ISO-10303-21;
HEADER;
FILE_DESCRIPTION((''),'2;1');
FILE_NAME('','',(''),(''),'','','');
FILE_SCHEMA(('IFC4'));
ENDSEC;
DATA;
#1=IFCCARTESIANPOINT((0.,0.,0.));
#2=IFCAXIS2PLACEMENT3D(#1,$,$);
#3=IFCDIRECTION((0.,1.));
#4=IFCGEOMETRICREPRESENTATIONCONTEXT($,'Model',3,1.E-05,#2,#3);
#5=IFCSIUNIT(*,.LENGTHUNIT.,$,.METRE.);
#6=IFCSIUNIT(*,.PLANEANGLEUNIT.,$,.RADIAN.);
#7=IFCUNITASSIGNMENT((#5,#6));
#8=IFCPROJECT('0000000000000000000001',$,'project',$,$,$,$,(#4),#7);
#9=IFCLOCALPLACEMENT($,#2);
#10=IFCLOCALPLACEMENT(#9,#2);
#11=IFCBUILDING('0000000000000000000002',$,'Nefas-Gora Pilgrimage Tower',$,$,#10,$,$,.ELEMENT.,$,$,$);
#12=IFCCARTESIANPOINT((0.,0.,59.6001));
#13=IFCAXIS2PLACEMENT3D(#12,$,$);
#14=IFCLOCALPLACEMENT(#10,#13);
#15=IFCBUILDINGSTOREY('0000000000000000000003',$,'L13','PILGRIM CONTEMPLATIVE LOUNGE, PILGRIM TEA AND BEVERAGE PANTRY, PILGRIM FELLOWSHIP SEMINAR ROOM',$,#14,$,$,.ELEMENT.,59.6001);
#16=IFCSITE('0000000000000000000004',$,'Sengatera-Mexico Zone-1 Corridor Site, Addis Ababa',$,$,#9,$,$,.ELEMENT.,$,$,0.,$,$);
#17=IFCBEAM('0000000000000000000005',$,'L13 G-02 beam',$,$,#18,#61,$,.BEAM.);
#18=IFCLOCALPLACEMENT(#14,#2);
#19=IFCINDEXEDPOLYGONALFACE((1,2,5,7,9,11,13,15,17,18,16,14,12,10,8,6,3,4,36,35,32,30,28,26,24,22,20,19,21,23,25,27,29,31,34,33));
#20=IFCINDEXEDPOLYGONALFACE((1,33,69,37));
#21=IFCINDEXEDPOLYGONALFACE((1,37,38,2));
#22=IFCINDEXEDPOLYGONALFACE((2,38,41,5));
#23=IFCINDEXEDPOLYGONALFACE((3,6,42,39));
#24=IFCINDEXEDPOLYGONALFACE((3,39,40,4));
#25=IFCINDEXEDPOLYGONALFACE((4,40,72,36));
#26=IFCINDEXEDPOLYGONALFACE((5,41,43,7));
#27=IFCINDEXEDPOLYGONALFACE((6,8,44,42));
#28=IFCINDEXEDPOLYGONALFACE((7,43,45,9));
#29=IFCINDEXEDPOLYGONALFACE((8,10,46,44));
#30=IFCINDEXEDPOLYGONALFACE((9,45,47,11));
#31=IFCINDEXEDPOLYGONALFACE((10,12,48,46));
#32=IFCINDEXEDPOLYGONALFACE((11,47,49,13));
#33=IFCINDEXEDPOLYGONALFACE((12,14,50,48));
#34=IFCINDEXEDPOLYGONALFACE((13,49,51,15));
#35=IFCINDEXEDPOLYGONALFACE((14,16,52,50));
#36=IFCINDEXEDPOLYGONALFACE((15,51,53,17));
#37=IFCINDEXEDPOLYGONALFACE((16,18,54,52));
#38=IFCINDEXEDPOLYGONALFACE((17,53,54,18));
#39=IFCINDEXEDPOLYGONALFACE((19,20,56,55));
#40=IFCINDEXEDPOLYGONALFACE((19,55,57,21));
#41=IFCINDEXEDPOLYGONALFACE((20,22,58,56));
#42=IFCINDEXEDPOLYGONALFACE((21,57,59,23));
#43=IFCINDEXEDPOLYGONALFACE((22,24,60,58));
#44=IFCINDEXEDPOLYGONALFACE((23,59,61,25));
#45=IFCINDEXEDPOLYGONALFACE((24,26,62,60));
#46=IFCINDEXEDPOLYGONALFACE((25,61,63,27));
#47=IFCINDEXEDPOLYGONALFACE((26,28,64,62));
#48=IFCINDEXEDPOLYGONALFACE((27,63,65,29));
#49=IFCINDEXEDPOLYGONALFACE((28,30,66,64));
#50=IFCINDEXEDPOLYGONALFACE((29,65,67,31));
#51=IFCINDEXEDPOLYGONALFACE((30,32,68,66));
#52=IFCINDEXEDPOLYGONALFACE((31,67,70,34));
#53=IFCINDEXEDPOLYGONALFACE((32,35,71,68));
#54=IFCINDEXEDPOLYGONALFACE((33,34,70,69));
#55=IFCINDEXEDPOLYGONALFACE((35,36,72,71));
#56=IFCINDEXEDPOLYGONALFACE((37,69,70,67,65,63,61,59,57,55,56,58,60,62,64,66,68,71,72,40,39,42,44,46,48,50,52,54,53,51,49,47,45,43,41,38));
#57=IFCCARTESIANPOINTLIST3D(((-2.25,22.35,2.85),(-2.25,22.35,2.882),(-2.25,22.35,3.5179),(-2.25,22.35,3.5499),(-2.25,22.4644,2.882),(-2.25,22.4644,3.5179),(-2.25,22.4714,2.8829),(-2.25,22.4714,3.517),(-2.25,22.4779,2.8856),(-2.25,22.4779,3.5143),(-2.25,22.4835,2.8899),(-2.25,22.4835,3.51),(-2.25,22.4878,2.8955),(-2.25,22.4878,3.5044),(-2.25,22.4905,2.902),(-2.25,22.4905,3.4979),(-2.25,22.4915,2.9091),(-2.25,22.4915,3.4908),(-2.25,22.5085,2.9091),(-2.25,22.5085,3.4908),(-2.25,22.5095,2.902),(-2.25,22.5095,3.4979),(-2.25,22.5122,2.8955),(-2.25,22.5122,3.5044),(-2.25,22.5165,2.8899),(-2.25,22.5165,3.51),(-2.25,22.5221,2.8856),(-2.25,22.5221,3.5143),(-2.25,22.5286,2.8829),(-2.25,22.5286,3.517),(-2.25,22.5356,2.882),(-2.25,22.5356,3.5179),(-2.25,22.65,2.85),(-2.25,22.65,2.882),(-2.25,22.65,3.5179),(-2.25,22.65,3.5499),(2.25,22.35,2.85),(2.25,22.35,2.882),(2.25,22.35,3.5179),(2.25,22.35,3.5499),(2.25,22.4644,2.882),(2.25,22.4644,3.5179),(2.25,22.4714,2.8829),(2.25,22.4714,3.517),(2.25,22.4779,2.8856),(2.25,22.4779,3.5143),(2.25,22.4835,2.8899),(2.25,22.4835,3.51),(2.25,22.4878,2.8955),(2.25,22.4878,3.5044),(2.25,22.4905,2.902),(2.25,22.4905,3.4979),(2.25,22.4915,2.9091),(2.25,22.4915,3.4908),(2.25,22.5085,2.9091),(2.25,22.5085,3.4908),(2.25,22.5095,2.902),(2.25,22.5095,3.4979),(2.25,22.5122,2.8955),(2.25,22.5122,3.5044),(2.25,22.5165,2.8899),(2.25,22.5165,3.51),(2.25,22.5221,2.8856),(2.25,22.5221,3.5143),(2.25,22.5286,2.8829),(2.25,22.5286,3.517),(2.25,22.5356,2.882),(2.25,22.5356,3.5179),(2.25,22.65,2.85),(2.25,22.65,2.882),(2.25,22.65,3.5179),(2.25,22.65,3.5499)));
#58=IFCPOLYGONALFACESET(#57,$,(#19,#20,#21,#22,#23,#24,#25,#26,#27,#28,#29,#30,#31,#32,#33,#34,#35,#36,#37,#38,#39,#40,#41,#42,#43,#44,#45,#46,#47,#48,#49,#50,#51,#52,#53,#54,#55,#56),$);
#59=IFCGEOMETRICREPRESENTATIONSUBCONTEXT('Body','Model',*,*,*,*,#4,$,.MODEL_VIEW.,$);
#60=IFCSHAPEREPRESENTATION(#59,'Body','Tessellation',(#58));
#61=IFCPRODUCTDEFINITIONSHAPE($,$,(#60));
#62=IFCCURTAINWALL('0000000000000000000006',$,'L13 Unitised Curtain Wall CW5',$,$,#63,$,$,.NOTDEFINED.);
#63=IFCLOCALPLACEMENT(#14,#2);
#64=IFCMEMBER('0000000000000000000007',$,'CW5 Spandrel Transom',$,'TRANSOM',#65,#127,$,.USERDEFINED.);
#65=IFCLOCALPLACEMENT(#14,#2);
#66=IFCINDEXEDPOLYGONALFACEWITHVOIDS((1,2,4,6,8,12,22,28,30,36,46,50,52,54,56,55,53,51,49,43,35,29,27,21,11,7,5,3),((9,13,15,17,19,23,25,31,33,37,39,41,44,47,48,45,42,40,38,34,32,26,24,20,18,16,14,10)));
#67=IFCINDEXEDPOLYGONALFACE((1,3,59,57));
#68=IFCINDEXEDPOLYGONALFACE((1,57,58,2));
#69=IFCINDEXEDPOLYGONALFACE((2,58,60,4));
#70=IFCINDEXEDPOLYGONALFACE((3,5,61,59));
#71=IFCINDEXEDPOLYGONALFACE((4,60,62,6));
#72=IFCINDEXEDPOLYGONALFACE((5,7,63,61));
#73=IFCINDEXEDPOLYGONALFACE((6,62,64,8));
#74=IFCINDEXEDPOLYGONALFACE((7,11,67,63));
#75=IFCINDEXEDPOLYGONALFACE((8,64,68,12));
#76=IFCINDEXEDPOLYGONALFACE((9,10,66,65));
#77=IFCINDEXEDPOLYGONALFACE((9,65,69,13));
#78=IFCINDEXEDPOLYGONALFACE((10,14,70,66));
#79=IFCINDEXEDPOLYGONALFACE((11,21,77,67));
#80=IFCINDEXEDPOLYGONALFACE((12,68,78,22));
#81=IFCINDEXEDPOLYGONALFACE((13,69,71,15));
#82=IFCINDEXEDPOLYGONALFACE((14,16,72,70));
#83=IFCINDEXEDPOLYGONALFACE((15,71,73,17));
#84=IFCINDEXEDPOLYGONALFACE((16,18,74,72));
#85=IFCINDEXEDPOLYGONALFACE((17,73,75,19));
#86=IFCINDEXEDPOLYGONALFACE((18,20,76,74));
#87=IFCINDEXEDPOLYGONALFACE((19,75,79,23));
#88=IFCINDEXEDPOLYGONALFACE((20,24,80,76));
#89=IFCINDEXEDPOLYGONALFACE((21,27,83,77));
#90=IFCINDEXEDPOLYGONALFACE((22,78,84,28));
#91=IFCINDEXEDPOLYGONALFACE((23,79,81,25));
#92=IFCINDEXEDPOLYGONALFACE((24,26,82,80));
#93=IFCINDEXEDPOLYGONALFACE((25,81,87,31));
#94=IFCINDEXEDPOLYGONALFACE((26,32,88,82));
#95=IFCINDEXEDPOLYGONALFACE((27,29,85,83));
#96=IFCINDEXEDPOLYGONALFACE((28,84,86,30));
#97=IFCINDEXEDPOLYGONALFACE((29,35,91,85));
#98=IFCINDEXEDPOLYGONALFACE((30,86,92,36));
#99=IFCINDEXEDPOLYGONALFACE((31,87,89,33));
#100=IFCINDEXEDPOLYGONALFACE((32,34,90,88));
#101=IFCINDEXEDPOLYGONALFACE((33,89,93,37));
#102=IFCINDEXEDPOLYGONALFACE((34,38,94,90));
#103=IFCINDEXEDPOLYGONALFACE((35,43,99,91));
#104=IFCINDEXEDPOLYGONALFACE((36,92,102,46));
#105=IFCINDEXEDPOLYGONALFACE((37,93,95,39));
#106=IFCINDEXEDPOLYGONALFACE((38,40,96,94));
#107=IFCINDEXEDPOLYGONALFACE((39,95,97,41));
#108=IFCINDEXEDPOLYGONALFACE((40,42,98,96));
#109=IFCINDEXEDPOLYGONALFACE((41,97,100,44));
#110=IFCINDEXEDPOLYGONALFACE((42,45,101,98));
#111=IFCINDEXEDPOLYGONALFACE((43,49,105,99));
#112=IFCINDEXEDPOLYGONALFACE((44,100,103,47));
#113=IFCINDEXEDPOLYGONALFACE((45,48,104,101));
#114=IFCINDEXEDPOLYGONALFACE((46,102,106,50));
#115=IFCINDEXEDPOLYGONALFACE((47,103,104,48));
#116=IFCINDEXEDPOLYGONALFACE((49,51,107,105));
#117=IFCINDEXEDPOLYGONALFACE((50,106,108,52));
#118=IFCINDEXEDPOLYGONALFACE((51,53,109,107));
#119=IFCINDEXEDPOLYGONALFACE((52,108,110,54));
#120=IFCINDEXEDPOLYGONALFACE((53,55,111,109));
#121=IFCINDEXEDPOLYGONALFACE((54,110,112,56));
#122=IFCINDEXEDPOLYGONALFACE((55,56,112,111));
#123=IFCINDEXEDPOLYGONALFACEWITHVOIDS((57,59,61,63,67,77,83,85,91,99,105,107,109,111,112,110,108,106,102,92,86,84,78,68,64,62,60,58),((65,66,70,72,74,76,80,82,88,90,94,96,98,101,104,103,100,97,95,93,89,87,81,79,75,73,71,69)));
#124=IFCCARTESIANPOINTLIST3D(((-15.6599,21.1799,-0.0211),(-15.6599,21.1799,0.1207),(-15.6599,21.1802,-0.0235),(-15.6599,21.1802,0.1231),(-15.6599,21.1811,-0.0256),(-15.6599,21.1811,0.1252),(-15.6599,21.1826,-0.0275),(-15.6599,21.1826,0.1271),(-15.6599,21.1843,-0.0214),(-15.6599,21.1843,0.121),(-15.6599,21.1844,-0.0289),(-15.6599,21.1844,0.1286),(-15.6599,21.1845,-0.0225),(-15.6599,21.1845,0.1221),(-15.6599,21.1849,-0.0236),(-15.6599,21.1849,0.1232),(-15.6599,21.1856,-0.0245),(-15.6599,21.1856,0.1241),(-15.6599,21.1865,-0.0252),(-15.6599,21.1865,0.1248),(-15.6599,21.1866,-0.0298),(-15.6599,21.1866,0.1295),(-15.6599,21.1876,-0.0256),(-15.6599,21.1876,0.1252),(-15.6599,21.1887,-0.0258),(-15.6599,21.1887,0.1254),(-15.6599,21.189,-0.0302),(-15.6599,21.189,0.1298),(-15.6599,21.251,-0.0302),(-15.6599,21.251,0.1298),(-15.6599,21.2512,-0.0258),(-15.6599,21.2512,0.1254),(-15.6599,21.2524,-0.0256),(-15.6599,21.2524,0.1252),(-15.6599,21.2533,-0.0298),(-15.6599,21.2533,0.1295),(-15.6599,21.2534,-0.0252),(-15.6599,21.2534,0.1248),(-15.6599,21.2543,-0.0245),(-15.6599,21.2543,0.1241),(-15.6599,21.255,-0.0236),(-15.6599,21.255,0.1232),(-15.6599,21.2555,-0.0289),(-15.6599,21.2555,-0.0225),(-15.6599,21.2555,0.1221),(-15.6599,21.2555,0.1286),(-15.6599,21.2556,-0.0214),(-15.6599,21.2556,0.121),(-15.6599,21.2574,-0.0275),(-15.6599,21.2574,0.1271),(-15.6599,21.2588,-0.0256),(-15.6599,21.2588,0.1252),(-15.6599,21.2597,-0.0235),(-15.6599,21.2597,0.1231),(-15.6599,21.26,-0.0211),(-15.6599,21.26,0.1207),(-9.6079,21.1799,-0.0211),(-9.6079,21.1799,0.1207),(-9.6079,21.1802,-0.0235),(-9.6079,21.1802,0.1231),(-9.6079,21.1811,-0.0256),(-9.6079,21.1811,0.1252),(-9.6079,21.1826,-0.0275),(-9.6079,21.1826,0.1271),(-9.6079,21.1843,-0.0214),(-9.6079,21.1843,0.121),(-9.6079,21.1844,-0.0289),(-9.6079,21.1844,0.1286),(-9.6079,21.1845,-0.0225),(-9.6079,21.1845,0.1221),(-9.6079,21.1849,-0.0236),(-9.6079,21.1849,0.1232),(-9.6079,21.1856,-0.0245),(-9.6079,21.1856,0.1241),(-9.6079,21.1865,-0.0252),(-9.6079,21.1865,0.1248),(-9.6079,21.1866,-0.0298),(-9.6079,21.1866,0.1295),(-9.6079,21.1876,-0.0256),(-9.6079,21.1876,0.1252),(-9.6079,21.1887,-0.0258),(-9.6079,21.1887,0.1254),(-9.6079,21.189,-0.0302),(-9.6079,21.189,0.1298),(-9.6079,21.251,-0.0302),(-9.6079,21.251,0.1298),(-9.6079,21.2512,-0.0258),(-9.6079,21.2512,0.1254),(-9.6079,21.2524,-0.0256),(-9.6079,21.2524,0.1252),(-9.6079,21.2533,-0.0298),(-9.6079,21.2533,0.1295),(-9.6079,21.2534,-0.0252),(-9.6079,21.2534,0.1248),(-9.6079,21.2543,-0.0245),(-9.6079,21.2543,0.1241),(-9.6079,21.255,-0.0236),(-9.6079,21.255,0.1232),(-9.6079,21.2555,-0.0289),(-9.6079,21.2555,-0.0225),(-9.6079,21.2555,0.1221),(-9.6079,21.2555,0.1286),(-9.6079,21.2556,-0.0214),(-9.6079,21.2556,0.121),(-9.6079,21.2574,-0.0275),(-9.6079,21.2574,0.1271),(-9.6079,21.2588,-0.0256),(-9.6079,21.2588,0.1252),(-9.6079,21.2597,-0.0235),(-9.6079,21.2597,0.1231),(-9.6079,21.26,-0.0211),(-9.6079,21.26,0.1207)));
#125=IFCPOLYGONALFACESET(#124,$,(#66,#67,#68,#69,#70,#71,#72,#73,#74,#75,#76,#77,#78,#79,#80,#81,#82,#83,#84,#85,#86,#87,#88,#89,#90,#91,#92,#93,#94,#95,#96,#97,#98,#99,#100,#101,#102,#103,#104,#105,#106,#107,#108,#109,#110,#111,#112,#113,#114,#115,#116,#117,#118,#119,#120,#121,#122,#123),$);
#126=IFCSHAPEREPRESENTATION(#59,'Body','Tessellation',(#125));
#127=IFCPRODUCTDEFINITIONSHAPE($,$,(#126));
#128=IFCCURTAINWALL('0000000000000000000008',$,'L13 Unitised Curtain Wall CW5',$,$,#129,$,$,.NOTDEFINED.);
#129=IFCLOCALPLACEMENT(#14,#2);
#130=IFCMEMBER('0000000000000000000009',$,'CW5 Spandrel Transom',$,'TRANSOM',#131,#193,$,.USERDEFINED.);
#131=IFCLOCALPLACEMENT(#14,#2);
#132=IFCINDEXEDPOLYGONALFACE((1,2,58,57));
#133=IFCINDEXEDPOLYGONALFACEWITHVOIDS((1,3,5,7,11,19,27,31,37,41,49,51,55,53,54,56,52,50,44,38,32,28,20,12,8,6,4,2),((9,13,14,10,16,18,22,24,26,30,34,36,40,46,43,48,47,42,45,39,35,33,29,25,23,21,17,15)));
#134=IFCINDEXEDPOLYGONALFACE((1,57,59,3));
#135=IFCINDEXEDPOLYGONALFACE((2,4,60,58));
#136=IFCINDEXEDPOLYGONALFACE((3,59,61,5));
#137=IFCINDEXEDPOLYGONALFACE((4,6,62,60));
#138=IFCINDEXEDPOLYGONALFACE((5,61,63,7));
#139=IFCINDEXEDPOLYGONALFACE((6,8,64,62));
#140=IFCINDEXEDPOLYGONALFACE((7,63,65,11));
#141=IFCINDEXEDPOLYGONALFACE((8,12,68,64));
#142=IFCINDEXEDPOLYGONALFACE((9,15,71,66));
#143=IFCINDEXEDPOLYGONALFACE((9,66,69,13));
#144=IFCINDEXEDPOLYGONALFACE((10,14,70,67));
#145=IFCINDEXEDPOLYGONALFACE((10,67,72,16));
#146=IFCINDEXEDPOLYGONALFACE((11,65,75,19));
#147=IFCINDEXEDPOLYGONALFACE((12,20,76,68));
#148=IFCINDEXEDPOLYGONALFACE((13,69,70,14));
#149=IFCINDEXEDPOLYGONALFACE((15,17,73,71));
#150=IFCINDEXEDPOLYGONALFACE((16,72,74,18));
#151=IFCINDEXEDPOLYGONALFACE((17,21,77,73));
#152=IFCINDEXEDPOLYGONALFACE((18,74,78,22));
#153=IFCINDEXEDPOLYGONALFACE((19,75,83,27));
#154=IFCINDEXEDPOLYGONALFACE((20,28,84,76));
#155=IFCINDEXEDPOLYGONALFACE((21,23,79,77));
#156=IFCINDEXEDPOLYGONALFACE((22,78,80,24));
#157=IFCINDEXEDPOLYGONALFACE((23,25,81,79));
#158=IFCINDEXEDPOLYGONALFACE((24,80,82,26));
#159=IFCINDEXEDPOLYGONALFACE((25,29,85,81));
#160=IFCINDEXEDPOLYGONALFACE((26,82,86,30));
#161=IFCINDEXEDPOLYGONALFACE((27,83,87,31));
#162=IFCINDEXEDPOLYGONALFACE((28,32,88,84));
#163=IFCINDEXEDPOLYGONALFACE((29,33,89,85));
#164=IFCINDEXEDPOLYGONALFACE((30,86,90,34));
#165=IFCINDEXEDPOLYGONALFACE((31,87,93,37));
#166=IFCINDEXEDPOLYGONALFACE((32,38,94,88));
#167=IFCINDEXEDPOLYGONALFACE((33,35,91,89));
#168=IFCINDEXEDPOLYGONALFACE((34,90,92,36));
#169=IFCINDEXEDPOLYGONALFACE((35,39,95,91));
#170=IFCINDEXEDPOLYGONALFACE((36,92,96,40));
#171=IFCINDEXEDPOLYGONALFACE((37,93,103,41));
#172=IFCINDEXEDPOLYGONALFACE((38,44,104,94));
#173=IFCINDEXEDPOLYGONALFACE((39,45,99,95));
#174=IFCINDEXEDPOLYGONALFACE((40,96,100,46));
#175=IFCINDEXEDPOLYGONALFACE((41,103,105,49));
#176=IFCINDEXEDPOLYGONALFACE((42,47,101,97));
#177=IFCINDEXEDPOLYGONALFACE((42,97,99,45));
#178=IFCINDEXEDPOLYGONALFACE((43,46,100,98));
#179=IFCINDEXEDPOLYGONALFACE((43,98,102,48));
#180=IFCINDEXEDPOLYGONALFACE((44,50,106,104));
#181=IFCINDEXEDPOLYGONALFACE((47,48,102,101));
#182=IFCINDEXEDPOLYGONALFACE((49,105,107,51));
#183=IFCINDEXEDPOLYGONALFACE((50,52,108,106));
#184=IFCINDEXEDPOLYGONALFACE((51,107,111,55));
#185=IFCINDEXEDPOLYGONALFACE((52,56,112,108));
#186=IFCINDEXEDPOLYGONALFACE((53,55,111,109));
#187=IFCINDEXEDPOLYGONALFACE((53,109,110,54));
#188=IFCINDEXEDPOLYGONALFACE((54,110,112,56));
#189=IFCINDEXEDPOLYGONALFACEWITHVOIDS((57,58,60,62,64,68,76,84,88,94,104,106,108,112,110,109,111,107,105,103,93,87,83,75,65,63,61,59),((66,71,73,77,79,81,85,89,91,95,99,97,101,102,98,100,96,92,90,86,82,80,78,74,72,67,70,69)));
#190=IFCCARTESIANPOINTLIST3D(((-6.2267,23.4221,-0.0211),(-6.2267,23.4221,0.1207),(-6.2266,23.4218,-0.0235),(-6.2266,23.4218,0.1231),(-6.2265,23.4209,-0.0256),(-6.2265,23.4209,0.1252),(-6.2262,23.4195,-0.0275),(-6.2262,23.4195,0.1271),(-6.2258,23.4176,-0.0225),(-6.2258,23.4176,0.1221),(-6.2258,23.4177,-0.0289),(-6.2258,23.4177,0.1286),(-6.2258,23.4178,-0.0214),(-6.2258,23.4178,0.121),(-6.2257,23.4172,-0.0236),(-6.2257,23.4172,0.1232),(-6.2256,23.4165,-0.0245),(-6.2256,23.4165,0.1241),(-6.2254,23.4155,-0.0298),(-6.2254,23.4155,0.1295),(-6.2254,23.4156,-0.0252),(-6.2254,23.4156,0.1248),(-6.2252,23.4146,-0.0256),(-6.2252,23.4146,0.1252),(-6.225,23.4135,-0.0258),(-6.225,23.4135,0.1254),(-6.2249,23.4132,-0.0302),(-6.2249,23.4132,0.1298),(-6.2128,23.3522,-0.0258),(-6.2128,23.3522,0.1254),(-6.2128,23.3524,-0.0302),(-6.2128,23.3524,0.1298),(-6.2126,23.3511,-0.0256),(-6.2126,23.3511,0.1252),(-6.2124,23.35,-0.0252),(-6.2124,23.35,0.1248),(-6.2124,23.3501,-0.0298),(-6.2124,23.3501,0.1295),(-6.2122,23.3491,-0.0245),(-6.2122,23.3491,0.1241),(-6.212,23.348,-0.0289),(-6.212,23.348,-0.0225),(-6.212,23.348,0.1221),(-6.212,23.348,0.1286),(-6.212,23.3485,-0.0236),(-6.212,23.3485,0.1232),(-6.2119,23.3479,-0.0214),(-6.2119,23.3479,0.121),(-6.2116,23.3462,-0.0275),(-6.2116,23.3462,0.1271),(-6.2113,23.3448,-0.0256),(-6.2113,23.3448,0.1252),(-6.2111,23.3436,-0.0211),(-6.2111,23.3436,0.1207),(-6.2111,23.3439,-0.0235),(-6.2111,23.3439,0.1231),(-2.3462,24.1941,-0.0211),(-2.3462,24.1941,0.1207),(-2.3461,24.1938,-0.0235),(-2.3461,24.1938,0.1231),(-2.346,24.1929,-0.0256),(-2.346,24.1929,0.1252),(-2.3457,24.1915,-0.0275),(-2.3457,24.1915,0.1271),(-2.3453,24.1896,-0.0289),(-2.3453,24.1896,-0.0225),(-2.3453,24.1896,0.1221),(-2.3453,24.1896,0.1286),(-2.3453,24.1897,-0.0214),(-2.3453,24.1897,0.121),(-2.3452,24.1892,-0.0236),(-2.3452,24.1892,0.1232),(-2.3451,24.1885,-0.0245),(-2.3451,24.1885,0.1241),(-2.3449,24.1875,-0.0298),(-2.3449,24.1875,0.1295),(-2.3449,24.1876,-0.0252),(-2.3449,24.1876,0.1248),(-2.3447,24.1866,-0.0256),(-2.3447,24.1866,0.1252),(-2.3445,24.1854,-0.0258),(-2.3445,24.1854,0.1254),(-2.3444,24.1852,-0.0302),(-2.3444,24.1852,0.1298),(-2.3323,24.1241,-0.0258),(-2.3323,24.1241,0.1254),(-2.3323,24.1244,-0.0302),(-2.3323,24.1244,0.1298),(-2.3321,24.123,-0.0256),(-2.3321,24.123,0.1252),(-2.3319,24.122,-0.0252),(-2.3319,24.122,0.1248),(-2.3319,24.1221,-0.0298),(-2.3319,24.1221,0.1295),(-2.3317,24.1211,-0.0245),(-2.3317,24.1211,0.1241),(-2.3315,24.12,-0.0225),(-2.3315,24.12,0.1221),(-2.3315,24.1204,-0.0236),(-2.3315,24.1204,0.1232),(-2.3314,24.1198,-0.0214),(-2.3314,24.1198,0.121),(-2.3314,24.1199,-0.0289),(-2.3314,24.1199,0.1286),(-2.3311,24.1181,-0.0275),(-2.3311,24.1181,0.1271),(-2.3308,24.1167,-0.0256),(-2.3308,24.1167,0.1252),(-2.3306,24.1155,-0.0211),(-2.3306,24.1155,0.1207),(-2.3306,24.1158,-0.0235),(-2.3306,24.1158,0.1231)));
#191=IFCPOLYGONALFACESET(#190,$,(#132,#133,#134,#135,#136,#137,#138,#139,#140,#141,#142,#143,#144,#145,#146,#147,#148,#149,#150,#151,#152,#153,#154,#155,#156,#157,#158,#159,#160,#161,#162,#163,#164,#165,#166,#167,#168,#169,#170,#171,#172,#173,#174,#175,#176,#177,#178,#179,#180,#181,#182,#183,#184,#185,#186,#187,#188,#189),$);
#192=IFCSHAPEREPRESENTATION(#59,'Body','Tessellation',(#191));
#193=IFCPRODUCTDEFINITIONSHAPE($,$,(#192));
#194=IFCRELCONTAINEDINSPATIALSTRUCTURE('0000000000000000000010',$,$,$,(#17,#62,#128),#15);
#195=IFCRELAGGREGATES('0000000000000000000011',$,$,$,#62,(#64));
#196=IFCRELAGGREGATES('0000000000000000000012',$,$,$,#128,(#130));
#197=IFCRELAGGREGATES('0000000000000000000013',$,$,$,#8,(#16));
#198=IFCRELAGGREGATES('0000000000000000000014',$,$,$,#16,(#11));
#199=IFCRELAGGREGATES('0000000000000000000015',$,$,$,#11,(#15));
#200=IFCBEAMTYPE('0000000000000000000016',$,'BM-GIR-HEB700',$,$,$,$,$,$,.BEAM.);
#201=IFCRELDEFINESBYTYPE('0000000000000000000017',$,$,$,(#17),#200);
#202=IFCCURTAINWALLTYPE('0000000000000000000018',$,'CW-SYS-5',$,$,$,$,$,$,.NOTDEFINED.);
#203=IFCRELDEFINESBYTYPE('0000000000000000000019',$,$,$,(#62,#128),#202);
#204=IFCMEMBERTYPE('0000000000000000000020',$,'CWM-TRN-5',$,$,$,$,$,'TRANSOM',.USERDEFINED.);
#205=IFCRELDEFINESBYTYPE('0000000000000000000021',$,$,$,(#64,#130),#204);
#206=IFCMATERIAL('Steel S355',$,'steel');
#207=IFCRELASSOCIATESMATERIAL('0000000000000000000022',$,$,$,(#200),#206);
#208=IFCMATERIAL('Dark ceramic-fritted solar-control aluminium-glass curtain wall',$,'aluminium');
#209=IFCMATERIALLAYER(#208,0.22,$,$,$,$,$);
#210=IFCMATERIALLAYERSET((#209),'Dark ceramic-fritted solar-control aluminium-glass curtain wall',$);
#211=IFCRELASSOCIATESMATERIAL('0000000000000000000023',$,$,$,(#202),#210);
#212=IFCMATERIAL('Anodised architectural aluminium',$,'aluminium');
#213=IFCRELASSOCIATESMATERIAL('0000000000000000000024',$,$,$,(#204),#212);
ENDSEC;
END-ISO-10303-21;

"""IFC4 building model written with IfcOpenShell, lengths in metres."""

from ifc_helpers import new_model, si_unit, direction, frame, origin, origin_2d, place, context, subcontext, project, spatial, hollow_rectangle, i_section, extrude, source, transform, mapped, material, layer, layer_set, material_profile, profile_set, type_object, element, aggregate, save


model = new_model("IFC4")

# Units and contexts
model_context = context("Model", 3, precision=1e-05, world=origin(), true_north=direction((0.0, 1.0)))
body_context = subcontext(model_context, "Body", "Model", "MODEL_VIEW")
ifc_project = project(units=[si_unit("LENGTHUNIT", "METRE"), si_unit("PLANEANGLEUNIT", "RADIAN")], contexts=[model_context])

# Site, building, storey
site_placement = place(None, origin())
site = spatial("IfcSite", under=ifc_project, at=site_placement, Name="Sengatera-Mexico Zone-1 Corridor Site, Addis Ababa", CompositionType="ELEMENT", RefElevation=0.0)
building_placement = place(site_placement, origin())
building = spatial("IfcBuilding", under=site, at=building_placement, Name="Nefas-Gora Pilgrimage Tower", CompositionType="ELEMENT")
storey_placement = place(building_placement, frame((0.0, 0.0, 59.6001)))
storey = spatial("IfcBuildingStorey", under=building, at=storey_placement, Name="L13", Description="PILGRIM CONTEMPLATIVE LOUNGE, PILGRIM TEA AND BEVERAGE PANTRY, PILGRIM FELLOWSHIP SEMINAR ROOM", CompositionType="ELEMENT", Elevation=59.6001)

# Beam
ifc_material_1 = material(Name="Steel S355", Category="steel")
ifc_material_profile_1 = material_profile(ifc_material_1, i_section(OverallWidth=0.3, OverallDepth=0.7, WebThickness=0.0171, FlangeThickness=0.032, FilletRadius=0.0271, at=origin_2d()), Name="HEB 700")
ifc_profile_set_1 = profile_set([ifc_material_profile_1], Name="Steel S355")
beam_type = type_object("IfcBeamType", Name="BM-GIR-HEB700", PredefinedType="BEAM", material=ifc_profile_set_1)
shared_shape_1 = source(origin(), body_context, "Body", "SweptSolid", [
    extrude(i_section(OverallWidth=0.3, OverallDepth=0.7, WebThickness=0.0171, FlangeThickness=0.032, FilletRadius=0.0271, at=origin_2d()), origin(), (0.0, 0.0, 1.0), 4.5),
])
for number, where, z_axis, x_axis, name in (
    (1, (-2.25, 22.5, 3.2), (1.0, 0.0, 0.0), (0.0, 1.0, 0.0), "L13 G-02 beam"),
):
    element("IfcBeam", number, at=place(storey_placement, frame(where, z_axis=z_axis, x_axis=x_axis)), inside=storey, type_object=beam_type, Name=name, PredefinedType="BEAM", context=body_context, shape_type="MappedRepresentation", body=[
        mapped(shared_shape_1, transform((0.0, 0.0, 0.0), x_axis=(1.0, 0.0, 0.0), y_axis=(0.0, 1.0, 0.0), z_axis=(0.0, 0.0, 1.0), scale=1.0)),
    ])

# Curtain walls, members
ifc_material_2 = material(Name="Dark ceramic-fritted solar-control aluminium-glass curtain wall", Category="aluminium")
ifc_layer_1 = layer(ifc_material_2, 0.22)
ifc_layer_set_1 = layer_set([ifc_layer_1], Name="Dark ceramic-fritted solar-control aluminium-glass curtain wall")
curtain_wall_type = type_object("IfcCurtainWallType", Name="CW-SYS-5", PredefinedType="NOTDEFINED", material=ifc_layer_set_1)
curtain_wall_1_placement = place(storey_placement, origin())
curtain_wall_1 = element("IfcCurtainWall", 2, at=curtain_wall_1_placement, inside=storey, type_object=curtain_wall_type, Name="L13 Unitised Curtain Wall CW5", PredefinedType="NOTDEFINED")
ifc_material_3 = material(Name="Anodised architectural aluminium", Category="aluminium")
ifc_material_profile_2 = material_profile(ifc_material_3, hollow_rectangle(XDim=0.0801, YDim=0.1599, WallThickness=0.0044, InnerFilletRadius=0.0044, OuterFilletRadius=0.009, at=origin_2d()), Name="ALU TRANSOM 80x160")
ifc_profile_set_2 = profile_set([ifc_material_profile_2], Name="Anodised architectural aluminium")
member_type_1 = type_object("IfcMemberType", Name="CWM-TRN-5", ElementType="TRANSOM", PredefinedType="USERDEFINED", material=ifc_profile_set_2)
shared_shape_2 = source(origin(), body_context, "Body", "SweptSolid", [
    extrude(hollow_rectangle(XDim=0.0801, YDim=0.1599, WallThickness=0.0044, InnerFilletRadius=0.0044, OuterFilletRadius=0.009, at=origin_2d()), origin(), (0.0, 0.0, 1.0), 6.052),
])
member_1_placement = place(storey_placement, frame((-9.6079, 21.22, 0.0498), z_axis=(-1.0, 0.0, 0.0), x_axis=(0.0, -1.0, 0.0)))
member_1 = element("IfcMember", 3, at=member_1_placement, type_object=member_type_1, Name="CW5 Spandrel Transom", ObjectType="TRANSOM", PredefinedType="USERDEFINED", context=body_context, shape_type="MappedRepresentation", body=[
    mapped(shared_shape_2, transform((0.0, 0.0, 0.0), x_axis=(1.0, 0.0, 0.0), y_axis=(0.0, 1.0, 0.0), z_axis=(0.0, 0.0, 1.0), scale=1.0)),
])
curtain_wall_2_placement = place(storey_placement, origin())
curtain_wall_2 = element("IfcCurtainWall", 4, at=curtain_wall_2_placement, inside=storey, type_object=curtain_wall_type, Name="L13 Unitised Curtain Wall CW5", PredefinedType="NOTDEFINED")
shared_shape_3 = source(origin(), body_context, "Body", "SweptSolid", [
    extrude(hollow_rectangle(XDim=0.0801, YDim=0.1599, WallThickness=0.0044, InnerFilletRadius=0.0044, OuterFilletRadius=0.009, at=origin_2d()), origin(), (0.0, 0.0, 1.0), 3.9565),
])
member_2_placement = place(storey_placement, frame((-2.3384, 24.1548, 0.0498), z_axis=(-0.980782, -0.195107, 0.0), x_axis=(0.195107, -0.980782, 0.0)))
member_2 = element("IfcMember", 5, at=member_2_placement, type_object=member_type_1, Name="CW5 Spandrel Transom", ObjectType="TRANSOM", PredefinedType="USERDEFINED", context=body_context, shape_type="MappedRepresentation", body=[
    mapped(shared_shape_3, transform((0.0, 0.0, 0.0), x_axis=(1.0, 0.0, 0.0), y_axis=(0.0, 1.0, 0.0), z_axis=(0.0, 0.0, 1.0), scale=1.0)),
])

aggregate(curtain_wall_1, [member_1])

aggregate(curtain_wall_2, [member_2])

save(model, "model.ifc")
